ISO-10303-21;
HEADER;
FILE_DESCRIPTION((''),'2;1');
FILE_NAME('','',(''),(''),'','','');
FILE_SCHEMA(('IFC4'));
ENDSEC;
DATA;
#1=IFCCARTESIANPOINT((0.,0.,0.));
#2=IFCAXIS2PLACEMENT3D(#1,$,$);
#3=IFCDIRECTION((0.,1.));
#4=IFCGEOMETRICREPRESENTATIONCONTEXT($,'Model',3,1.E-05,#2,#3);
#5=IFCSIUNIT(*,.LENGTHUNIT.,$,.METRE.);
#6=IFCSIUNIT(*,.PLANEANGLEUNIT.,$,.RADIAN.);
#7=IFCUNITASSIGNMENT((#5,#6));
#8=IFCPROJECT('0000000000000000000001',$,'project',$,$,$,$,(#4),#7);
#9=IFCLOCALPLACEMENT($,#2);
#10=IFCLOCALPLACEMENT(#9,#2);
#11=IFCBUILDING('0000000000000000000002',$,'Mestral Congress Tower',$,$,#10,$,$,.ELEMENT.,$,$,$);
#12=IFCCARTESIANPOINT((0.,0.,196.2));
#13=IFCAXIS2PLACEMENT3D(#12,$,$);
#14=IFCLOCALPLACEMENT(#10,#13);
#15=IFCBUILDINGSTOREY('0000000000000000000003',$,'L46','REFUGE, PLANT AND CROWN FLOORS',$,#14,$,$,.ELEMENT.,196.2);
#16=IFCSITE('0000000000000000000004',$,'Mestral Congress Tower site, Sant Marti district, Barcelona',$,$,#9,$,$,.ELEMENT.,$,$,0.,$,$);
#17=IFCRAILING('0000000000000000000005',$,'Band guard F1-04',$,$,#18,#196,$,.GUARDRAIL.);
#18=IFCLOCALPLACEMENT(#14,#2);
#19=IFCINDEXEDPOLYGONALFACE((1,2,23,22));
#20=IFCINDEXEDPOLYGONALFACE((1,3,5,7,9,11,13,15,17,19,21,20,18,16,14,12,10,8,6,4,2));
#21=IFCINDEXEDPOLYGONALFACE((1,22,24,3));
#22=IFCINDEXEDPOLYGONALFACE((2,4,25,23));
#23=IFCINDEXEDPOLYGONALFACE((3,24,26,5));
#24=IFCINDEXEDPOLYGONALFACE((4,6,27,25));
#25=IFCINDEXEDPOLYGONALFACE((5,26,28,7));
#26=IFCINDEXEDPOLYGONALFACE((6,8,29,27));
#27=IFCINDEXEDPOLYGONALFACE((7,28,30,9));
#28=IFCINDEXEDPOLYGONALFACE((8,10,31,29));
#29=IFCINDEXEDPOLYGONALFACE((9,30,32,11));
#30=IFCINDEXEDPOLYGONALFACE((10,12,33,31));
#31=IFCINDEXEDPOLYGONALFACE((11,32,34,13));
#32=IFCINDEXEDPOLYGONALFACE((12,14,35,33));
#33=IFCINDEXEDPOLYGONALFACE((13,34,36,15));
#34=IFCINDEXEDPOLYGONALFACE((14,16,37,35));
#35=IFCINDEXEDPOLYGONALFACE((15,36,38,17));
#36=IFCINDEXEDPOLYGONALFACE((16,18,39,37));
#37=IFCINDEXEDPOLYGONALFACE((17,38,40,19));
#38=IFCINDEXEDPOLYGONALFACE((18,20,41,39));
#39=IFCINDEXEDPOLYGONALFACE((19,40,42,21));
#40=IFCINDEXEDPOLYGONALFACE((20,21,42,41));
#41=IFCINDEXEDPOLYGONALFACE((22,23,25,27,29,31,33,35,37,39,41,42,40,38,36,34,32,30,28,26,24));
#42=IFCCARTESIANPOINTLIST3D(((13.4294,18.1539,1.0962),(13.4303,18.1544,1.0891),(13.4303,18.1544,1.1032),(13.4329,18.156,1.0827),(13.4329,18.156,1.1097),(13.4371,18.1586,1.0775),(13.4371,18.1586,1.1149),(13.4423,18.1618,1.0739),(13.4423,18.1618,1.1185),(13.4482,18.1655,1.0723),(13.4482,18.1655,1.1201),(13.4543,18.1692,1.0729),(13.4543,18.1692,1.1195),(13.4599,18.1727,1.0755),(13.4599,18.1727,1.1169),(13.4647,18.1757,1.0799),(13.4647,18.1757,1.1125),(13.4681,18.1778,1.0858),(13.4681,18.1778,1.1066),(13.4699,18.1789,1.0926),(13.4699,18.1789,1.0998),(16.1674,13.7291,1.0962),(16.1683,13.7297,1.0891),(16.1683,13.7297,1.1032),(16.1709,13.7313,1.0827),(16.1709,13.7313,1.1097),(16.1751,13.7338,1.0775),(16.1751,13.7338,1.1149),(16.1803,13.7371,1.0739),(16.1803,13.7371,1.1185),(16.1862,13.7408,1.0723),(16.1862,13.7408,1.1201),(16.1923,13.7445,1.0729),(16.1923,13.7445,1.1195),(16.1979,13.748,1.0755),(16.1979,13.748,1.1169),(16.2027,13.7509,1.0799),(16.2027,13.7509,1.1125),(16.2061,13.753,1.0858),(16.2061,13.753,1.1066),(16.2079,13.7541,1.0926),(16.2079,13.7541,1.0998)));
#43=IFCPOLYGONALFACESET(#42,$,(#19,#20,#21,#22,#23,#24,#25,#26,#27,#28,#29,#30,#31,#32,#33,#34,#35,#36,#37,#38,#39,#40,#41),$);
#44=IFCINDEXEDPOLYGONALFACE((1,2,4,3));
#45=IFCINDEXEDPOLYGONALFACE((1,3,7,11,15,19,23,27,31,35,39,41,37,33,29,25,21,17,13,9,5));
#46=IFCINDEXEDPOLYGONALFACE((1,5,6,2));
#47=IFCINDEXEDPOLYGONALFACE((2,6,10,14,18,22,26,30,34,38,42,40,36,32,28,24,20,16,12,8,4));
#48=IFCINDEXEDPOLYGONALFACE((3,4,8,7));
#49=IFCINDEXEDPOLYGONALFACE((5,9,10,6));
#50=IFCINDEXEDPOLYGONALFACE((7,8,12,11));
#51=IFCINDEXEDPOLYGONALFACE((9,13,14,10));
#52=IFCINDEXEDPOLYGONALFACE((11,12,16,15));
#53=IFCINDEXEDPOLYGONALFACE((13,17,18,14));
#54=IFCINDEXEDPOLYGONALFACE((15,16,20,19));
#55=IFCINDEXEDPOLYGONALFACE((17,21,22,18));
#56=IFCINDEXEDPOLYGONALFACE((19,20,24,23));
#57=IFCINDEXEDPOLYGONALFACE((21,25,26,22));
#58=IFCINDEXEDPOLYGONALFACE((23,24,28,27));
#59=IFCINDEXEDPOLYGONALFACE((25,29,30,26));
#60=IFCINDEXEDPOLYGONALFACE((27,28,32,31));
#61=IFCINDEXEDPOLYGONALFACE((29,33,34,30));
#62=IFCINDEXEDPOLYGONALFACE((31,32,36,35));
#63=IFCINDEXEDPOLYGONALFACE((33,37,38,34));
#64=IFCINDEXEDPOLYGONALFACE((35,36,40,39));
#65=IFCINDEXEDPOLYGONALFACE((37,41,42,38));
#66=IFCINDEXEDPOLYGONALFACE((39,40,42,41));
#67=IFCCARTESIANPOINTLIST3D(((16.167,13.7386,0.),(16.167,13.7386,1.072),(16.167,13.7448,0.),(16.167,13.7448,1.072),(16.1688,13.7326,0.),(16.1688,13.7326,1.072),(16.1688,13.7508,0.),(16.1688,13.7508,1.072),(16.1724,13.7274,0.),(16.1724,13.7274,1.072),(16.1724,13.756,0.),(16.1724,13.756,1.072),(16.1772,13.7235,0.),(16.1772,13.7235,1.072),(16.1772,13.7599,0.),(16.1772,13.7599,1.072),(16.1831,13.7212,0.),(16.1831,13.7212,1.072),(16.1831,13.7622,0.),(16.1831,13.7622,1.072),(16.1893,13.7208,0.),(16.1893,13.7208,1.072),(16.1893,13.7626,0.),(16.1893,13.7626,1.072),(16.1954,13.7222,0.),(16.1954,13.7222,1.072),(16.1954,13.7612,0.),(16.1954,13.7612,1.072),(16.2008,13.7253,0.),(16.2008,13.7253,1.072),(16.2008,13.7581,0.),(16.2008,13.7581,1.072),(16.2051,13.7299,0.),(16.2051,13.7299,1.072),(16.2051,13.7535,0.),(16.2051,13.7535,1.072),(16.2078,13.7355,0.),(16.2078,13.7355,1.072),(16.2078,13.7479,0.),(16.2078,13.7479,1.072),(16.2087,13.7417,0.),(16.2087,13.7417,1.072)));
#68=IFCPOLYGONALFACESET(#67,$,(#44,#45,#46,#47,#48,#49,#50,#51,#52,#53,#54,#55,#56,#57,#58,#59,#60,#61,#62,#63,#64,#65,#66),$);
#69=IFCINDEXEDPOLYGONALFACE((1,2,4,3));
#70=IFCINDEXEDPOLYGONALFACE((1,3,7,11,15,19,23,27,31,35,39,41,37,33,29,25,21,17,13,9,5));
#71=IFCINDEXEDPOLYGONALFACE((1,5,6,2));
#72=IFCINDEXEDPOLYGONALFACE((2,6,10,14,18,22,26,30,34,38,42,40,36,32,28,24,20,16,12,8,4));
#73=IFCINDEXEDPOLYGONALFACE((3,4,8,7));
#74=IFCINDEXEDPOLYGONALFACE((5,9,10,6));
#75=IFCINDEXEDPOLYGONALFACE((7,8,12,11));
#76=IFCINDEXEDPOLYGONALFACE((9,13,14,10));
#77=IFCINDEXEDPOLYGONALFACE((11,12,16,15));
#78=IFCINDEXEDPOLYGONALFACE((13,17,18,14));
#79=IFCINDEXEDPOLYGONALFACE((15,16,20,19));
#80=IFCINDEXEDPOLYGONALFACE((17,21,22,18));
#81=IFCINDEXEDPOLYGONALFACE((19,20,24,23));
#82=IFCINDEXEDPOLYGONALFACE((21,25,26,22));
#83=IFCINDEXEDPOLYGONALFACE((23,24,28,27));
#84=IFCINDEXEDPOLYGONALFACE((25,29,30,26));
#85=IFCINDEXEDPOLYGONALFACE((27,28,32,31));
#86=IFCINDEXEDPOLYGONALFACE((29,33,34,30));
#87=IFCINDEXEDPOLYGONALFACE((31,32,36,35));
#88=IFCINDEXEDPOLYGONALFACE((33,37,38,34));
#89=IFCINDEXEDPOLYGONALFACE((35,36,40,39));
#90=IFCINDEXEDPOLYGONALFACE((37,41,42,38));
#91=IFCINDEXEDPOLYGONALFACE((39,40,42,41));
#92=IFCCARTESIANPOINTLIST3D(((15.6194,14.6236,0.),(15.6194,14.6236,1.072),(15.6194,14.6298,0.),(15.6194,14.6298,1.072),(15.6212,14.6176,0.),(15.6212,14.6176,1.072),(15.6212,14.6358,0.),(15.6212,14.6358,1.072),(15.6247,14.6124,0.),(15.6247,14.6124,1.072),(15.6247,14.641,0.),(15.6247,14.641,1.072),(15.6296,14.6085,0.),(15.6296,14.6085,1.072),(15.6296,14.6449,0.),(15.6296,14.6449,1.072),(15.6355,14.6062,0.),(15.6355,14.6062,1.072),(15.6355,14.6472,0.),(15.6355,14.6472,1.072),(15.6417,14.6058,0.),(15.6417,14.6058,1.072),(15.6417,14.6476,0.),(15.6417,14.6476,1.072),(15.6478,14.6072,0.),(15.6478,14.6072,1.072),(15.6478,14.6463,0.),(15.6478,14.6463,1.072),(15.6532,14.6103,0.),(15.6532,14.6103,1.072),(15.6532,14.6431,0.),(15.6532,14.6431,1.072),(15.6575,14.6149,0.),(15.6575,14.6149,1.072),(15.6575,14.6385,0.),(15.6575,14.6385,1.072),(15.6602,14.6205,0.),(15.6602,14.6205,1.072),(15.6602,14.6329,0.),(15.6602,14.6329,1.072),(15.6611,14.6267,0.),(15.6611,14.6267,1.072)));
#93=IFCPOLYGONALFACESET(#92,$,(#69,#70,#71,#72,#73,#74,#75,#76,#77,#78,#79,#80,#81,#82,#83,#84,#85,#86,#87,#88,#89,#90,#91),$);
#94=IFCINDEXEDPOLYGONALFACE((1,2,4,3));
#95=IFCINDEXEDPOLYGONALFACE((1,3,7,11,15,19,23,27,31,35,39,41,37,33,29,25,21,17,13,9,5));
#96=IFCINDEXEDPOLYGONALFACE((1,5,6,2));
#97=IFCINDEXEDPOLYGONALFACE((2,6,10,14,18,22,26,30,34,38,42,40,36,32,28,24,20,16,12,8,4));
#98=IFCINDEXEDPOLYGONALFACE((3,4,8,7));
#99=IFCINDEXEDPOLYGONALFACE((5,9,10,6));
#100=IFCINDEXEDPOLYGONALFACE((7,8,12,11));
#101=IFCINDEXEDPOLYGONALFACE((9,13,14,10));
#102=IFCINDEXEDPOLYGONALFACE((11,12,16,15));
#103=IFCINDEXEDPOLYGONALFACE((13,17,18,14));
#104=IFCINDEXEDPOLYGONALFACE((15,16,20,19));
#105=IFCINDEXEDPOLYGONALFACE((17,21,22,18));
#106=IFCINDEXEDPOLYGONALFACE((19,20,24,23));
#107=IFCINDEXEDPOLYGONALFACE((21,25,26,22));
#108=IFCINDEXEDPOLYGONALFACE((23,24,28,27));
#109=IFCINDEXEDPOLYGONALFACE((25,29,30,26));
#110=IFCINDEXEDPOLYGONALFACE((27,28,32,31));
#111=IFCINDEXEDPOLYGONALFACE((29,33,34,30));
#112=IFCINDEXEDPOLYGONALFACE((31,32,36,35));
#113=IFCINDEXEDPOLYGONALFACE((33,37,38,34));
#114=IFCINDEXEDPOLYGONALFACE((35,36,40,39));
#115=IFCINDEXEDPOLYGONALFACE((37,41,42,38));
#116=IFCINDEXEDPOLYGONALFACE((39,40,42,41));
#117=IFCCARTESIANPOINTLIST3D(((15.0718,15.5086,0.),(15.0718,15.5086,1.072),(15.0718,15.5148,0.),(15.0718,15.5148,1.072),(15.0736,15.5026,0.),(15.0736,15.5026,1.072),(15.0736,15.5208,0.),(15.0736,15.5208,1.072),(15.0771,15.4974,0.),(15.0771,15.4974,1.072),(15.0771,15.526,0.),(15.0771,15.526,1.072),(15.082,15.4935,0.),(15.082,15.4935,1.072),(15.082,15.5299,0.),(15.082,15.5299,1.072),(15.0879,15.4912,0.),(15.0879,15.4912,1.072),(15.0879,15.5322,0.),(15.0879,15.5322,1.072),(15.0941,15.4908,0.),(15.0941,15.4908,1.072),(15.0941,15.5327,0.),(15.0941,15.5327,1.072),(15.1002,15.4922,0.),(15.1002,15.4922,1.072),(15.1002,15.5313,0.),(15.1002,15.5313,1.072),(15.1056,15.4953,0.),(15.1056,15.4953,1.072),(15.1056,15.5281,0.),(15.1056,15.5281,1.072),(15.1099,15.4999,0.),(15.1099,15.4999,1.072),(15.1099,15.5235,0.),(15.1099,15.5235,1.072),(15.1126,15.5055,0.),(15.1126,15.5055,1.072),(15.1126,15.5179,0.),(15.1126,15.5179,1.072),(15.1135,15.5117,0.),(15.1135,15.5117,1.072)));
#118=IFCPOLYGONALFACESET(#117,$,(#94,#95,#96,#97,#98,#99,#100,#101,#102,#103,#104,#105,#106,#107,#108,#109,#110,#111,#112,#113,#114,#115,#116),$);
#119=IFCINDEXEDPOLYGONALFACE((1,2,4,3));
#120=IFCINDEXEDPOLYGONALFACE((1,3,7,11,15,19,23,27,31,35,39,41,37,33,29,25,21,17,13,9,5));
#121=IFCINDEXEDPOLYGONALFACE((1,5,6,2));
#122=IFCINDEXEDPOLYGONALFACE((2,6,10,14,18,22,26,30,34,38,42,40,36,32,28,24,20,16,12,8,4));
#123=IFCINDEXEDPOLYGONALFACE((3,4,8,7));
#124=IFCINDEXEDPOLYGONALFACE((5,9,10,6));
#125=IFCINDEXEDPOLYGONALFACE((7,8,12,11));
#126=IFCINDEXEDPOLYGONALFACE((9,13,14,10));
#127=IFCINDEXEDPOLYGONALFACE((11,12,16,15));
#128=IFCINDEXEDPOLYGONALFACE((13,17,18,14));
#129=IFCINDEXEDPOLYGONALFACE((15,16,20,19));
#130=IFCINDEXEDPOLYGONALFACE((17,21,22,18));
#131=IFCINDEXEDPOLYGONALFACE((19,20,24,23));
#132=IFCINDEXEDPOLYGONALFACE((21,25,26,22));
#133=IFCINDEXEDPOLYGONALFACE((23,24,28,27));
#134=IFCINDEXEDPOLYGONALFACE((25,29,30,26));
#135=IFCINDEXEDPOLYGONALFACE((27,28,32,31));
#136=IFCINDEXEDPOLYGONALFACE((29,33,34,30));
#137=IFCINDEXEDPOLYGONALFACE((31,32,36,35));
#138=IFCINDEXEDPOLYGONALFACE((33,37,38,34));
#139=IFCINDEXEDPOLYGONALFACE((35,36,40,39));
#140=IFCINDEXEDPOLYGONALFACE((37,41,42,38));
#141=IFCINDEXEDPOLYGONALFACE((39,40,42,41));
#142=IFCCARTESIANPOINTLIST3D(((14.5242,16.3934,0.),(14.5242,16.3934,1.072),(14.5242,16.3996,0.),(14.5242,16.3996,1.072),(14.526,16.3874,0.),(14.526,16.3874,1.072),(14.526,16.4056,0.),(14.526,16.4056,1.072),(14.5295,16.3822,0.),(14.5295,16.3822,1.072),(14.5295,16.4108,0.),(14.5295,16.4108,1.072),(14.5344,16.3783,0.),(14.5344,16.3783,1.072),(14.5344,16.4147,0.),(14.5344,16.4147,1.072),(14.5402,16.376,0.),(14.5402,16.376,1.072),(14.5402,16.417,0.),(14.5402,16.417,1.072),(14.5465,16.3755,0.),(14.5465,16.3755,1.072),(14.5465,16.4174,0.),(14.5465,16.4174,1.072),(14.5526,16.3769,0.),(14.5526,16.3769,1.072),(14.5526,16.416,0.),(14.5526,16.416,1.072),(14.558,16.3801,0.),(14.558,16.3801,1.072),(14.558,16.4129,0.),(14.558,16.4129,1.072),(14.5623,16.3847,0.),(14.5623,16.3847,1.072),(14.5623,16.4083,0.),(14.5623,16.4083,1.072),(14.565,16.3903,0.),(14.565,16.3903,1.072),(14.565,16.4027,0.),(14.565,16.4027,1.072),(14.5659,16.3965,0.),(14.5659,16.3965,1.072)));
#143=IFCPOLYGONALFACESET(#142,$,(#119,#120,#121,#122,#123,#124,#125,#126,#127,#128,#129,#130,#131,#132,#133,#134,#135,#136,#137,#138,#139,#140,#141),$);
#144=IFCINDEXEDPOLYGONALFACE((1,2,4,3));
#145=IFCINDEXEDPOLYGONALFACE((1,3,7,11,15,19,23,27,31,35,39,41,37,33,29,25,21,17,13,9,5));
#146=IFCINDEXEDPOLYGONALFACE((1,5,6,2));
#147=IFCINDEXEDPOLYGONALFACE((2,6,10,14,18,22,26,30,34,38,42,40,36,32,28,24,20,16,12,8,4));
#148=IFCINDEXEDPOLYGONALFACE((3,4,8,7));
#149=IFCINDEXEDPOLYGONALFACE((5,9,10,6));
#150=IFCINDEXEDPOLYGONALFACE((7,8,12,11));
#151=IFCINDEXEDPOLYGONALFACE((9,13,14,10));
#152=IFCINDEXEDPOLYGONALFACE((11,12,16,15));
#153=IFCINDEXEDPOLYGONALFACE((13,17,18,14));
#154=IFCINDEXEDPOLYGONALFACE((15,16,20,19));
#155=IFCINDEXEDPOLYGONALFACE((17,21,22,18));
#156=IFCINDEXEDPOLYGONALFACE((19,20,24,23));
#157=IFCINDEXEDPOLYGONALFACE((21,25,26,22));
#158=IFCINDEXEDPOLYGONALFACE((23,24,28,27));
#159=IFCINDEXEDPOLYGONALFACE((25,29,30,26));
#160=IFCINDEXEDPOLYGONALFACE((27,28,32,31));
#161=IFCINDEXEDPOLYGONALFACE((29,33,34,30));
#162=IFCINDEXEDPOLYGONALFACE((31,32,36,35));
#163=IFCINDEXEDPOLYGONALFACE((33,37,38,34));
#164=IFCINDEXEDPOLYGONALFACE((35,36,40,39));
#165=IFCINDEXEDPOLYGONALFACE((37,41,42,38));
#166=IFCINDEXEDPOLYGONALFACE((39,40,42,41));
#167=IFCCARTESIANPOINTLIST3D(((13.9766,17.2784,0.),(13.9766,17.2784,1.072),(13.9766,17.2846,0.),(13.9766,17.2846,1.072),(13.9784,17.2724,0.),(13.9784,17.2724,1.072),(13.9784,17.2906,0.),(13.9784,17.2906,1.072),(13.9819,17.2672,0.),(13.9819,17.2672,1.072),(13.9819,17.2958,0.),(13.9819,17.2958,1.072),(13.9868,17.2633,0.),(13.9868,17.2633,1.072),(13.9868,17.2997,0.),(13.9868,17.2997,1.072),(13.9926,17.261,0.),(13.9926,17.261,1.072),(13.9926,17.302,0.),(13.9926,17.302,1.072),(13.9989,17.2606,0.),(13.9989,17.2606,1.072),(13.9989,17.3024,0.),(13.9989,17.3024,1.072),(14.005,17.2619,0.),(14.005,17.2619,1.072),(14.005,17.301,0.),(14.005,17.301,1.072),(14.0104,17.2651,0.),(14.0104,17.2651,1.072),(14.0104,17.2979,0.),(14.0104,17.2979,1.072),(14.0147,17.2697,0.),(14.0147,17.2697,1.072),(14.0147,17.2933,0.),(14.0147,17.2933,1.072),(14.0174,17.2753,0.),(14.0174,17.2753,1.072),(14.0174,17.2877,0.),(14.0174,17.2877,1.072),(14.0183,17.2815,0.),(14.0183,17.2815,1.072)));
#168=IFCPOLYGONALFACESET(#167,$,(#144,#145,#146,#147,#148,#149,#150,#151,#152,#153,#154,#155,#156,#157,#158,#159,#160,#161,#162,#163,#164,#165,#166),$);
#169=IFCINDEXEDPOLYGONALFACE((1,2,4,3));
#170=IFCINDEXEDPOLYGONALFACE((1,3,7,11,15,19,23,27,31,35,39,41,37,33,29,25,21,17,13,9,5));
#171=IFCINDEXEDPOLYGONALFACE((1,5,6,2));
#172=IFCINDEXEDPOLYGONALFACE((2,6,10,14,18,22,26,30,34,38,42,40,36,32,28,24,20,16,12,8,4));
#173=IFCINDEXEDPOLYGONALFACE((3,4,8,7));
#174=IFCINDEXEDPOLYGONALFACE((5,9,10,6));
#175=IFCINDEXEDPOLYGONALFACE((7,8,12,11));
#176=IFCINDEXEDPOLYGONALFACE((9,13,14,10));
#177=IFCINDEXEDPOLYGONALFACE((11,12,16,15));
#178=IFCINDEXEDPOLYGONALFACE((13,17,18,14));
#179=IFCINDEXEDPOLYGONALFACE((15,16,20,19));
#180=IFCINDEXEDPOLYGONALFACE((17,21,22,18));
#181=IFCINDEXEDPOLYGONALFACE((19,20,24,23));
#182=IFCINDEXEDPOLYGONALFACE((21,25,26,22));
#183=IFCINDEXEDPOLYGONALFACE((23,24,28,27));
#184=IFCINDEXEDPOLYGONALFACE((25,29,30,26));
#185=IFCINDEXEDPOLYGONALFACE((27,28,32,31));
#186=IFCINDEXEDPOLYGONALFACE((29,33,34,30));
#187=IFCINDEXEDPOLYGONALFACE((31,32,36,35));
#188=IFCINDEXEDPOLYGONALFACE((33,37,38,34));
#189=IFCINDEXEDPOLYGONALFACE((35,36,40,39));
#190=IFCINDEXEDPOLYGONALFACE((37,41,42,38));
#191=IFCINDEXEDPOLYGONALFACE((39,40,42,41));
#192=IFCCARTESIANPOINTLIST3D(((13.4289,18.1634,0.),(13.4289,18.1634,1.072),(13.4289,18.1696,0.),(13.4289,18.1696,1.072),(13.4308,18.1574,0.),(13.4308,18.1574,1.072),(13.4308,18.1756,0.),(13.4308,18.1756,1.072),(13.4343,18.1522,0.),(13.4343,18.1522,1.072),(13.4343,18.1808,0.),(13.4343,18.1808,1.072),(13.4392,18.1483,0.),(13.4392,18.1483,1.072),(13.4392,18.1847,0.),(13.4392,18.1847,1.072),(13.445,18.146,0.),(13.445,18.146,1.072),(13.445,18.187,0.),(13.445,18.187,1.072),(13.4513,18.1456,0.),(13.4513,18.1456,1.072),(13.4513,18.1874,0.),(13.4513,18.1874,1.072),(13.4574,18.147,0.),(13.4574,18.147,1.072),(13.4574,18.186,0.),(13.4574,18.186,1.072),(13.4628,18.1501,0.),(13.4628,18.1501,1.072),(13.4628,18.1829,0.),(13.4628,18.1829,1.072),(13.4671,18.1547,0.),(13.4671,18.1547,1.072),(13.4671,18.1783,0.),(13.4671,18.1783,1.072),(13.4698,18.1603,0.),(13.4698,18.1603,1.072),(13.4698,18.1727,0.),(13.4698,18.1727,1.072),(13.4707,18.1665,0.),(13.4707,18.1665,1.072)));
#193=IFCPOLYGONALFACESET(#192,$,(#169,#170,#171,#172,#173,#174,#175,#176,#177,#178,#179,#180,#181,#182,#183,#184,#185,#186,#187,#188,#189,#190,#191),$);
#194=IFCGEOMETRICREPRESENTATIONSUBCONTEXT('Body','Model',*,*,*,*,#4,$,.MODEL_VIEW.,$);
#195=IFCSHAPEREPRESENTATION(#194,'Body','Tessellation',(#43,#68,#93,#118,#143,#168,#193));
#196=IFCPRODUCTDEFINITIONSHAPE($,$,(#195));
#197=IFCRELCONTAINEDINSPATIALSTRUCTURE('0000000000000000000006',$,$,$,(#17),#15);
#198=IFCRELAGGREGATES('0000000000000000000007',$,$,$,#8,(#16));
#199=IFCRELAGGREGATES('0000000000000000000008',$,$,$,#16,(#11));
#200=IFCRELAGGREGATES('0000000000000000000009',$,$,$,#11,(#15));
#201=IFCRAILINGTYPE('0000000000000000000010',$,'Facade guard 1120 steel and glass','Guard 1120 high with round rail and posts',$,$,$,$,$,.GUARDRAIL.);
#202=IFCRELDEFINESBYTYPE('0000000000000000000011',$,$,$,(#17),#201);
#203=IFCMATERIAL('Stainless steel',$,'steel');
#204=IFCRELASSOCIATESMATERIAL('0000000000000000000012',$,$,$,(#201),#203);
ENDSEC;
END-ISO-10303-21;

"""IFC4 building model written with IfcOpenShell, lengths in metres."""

from ifc_helpers import new_model, si_unit, direction, frame, origin, origin_2d, place, context, subcontext, project, spatial, circle, extrude, material, type_object, element, save


model = new_model("IFC4")

# Units and contexts
model_context = context("Model", 3, precision=1e-05, world=origin(), true_north=direction((0.0, 1.0)))
body_context = subcontext(model_context, "Body", "Model", "MODEL_VIEW")
ifc_project = project(units=[si_unit("LENGTHUNIT", "METRE"), si_unit("PLANEANGLEUNIT", "RADIAN")], contexts=[model_context])

# Site, building, storey
site_placement = place(None, origin())
site = spatial("IfcSite", under=ifc_project, at=site_placement, Name="Mestral Congress Tower site, Sant Marti district, Barcelona", CompositionType="ELEMENT", RefElevation=0.0)
building_placement = place(site_placement, origin())
building = spatial("IfcBuilding", under=site, at=building_placement, Name="Mestral Congress Tower", CompositionType="ELEMENT")
storey_placement = place(building_placement, frame((0.0, 0.0, 196.2)))
storey = spatial("IfcBuildingStorey", under=building, at=storey_placement, Name="L46", Description="REFUGE, PLANT AND CROWN FLOORS", CompositionType="ELEMENT", Elevation=196.2)

# Railing
ifc_material_1 = material(Name="Stainless steel", Category="steel")
railing_type = type_object("IfcRailingType", Name="Facade guard 1120 steel and glass", Description="Guard 1120 high with round rail and posts", PredefinedType="GUARDRAIL", material=ifc_material_1)
railing_1_placement = place(storey_placement, frame((16.1877, 13.7417, 0.0)))
element("IfcRailing", 1, at=railing_1_placement, inside=storey, type_object=railing_type, Name="Band guard F1-04", PredefinedType="GUARDRAIL", context=body_context, shape_type="SweptSolid", body=[
    extrude(circle(Radius=0.0239, at=origin_2d()), frame((0.0, 0.0, 1.0962), z_axis=(-0.526198, 0.850362, 0.0), x_axis=(-0.850362, -0.526198, 0.0)), (0.0, 0.0, 1.0), 5.2034),
    extrude(circle(Radius=0.021, at=origin_2d()), origin(), (0.0, 0.0, 1.0), 1.072),
    extrude(circle(Radius=0.021, at=origin_2d()), frame((-0.5476, 0.885, 0.0)), (0.0, 0.0, 1.0), 1.072),
    extrude(circle(Radius=0.021, at=origin_2d()), frame((-1.0952, 1.77, 0.0)), (0.0, 0.0, 1.0), 1.072),
    extrude(circle(Radius=0.021, at=origin_2d()), frame((-1.6428, 2.6548, 0.0)), (0.0, 0.0, 1.0), 1.072),
    extrude(circle(Radius=0.021, at=origin_2d()), frame((-2.1904, 3.5398, 0.0)), (0.0, 0.0, 1.0), 1.072),
    extrude(circle(Radius=0.021, at=origin_2d()), frame((-2.738, 4.4248, 0.0)), (0.0, 0.0, 1.0), 1.072),
])

save(model, "model.ifc")
